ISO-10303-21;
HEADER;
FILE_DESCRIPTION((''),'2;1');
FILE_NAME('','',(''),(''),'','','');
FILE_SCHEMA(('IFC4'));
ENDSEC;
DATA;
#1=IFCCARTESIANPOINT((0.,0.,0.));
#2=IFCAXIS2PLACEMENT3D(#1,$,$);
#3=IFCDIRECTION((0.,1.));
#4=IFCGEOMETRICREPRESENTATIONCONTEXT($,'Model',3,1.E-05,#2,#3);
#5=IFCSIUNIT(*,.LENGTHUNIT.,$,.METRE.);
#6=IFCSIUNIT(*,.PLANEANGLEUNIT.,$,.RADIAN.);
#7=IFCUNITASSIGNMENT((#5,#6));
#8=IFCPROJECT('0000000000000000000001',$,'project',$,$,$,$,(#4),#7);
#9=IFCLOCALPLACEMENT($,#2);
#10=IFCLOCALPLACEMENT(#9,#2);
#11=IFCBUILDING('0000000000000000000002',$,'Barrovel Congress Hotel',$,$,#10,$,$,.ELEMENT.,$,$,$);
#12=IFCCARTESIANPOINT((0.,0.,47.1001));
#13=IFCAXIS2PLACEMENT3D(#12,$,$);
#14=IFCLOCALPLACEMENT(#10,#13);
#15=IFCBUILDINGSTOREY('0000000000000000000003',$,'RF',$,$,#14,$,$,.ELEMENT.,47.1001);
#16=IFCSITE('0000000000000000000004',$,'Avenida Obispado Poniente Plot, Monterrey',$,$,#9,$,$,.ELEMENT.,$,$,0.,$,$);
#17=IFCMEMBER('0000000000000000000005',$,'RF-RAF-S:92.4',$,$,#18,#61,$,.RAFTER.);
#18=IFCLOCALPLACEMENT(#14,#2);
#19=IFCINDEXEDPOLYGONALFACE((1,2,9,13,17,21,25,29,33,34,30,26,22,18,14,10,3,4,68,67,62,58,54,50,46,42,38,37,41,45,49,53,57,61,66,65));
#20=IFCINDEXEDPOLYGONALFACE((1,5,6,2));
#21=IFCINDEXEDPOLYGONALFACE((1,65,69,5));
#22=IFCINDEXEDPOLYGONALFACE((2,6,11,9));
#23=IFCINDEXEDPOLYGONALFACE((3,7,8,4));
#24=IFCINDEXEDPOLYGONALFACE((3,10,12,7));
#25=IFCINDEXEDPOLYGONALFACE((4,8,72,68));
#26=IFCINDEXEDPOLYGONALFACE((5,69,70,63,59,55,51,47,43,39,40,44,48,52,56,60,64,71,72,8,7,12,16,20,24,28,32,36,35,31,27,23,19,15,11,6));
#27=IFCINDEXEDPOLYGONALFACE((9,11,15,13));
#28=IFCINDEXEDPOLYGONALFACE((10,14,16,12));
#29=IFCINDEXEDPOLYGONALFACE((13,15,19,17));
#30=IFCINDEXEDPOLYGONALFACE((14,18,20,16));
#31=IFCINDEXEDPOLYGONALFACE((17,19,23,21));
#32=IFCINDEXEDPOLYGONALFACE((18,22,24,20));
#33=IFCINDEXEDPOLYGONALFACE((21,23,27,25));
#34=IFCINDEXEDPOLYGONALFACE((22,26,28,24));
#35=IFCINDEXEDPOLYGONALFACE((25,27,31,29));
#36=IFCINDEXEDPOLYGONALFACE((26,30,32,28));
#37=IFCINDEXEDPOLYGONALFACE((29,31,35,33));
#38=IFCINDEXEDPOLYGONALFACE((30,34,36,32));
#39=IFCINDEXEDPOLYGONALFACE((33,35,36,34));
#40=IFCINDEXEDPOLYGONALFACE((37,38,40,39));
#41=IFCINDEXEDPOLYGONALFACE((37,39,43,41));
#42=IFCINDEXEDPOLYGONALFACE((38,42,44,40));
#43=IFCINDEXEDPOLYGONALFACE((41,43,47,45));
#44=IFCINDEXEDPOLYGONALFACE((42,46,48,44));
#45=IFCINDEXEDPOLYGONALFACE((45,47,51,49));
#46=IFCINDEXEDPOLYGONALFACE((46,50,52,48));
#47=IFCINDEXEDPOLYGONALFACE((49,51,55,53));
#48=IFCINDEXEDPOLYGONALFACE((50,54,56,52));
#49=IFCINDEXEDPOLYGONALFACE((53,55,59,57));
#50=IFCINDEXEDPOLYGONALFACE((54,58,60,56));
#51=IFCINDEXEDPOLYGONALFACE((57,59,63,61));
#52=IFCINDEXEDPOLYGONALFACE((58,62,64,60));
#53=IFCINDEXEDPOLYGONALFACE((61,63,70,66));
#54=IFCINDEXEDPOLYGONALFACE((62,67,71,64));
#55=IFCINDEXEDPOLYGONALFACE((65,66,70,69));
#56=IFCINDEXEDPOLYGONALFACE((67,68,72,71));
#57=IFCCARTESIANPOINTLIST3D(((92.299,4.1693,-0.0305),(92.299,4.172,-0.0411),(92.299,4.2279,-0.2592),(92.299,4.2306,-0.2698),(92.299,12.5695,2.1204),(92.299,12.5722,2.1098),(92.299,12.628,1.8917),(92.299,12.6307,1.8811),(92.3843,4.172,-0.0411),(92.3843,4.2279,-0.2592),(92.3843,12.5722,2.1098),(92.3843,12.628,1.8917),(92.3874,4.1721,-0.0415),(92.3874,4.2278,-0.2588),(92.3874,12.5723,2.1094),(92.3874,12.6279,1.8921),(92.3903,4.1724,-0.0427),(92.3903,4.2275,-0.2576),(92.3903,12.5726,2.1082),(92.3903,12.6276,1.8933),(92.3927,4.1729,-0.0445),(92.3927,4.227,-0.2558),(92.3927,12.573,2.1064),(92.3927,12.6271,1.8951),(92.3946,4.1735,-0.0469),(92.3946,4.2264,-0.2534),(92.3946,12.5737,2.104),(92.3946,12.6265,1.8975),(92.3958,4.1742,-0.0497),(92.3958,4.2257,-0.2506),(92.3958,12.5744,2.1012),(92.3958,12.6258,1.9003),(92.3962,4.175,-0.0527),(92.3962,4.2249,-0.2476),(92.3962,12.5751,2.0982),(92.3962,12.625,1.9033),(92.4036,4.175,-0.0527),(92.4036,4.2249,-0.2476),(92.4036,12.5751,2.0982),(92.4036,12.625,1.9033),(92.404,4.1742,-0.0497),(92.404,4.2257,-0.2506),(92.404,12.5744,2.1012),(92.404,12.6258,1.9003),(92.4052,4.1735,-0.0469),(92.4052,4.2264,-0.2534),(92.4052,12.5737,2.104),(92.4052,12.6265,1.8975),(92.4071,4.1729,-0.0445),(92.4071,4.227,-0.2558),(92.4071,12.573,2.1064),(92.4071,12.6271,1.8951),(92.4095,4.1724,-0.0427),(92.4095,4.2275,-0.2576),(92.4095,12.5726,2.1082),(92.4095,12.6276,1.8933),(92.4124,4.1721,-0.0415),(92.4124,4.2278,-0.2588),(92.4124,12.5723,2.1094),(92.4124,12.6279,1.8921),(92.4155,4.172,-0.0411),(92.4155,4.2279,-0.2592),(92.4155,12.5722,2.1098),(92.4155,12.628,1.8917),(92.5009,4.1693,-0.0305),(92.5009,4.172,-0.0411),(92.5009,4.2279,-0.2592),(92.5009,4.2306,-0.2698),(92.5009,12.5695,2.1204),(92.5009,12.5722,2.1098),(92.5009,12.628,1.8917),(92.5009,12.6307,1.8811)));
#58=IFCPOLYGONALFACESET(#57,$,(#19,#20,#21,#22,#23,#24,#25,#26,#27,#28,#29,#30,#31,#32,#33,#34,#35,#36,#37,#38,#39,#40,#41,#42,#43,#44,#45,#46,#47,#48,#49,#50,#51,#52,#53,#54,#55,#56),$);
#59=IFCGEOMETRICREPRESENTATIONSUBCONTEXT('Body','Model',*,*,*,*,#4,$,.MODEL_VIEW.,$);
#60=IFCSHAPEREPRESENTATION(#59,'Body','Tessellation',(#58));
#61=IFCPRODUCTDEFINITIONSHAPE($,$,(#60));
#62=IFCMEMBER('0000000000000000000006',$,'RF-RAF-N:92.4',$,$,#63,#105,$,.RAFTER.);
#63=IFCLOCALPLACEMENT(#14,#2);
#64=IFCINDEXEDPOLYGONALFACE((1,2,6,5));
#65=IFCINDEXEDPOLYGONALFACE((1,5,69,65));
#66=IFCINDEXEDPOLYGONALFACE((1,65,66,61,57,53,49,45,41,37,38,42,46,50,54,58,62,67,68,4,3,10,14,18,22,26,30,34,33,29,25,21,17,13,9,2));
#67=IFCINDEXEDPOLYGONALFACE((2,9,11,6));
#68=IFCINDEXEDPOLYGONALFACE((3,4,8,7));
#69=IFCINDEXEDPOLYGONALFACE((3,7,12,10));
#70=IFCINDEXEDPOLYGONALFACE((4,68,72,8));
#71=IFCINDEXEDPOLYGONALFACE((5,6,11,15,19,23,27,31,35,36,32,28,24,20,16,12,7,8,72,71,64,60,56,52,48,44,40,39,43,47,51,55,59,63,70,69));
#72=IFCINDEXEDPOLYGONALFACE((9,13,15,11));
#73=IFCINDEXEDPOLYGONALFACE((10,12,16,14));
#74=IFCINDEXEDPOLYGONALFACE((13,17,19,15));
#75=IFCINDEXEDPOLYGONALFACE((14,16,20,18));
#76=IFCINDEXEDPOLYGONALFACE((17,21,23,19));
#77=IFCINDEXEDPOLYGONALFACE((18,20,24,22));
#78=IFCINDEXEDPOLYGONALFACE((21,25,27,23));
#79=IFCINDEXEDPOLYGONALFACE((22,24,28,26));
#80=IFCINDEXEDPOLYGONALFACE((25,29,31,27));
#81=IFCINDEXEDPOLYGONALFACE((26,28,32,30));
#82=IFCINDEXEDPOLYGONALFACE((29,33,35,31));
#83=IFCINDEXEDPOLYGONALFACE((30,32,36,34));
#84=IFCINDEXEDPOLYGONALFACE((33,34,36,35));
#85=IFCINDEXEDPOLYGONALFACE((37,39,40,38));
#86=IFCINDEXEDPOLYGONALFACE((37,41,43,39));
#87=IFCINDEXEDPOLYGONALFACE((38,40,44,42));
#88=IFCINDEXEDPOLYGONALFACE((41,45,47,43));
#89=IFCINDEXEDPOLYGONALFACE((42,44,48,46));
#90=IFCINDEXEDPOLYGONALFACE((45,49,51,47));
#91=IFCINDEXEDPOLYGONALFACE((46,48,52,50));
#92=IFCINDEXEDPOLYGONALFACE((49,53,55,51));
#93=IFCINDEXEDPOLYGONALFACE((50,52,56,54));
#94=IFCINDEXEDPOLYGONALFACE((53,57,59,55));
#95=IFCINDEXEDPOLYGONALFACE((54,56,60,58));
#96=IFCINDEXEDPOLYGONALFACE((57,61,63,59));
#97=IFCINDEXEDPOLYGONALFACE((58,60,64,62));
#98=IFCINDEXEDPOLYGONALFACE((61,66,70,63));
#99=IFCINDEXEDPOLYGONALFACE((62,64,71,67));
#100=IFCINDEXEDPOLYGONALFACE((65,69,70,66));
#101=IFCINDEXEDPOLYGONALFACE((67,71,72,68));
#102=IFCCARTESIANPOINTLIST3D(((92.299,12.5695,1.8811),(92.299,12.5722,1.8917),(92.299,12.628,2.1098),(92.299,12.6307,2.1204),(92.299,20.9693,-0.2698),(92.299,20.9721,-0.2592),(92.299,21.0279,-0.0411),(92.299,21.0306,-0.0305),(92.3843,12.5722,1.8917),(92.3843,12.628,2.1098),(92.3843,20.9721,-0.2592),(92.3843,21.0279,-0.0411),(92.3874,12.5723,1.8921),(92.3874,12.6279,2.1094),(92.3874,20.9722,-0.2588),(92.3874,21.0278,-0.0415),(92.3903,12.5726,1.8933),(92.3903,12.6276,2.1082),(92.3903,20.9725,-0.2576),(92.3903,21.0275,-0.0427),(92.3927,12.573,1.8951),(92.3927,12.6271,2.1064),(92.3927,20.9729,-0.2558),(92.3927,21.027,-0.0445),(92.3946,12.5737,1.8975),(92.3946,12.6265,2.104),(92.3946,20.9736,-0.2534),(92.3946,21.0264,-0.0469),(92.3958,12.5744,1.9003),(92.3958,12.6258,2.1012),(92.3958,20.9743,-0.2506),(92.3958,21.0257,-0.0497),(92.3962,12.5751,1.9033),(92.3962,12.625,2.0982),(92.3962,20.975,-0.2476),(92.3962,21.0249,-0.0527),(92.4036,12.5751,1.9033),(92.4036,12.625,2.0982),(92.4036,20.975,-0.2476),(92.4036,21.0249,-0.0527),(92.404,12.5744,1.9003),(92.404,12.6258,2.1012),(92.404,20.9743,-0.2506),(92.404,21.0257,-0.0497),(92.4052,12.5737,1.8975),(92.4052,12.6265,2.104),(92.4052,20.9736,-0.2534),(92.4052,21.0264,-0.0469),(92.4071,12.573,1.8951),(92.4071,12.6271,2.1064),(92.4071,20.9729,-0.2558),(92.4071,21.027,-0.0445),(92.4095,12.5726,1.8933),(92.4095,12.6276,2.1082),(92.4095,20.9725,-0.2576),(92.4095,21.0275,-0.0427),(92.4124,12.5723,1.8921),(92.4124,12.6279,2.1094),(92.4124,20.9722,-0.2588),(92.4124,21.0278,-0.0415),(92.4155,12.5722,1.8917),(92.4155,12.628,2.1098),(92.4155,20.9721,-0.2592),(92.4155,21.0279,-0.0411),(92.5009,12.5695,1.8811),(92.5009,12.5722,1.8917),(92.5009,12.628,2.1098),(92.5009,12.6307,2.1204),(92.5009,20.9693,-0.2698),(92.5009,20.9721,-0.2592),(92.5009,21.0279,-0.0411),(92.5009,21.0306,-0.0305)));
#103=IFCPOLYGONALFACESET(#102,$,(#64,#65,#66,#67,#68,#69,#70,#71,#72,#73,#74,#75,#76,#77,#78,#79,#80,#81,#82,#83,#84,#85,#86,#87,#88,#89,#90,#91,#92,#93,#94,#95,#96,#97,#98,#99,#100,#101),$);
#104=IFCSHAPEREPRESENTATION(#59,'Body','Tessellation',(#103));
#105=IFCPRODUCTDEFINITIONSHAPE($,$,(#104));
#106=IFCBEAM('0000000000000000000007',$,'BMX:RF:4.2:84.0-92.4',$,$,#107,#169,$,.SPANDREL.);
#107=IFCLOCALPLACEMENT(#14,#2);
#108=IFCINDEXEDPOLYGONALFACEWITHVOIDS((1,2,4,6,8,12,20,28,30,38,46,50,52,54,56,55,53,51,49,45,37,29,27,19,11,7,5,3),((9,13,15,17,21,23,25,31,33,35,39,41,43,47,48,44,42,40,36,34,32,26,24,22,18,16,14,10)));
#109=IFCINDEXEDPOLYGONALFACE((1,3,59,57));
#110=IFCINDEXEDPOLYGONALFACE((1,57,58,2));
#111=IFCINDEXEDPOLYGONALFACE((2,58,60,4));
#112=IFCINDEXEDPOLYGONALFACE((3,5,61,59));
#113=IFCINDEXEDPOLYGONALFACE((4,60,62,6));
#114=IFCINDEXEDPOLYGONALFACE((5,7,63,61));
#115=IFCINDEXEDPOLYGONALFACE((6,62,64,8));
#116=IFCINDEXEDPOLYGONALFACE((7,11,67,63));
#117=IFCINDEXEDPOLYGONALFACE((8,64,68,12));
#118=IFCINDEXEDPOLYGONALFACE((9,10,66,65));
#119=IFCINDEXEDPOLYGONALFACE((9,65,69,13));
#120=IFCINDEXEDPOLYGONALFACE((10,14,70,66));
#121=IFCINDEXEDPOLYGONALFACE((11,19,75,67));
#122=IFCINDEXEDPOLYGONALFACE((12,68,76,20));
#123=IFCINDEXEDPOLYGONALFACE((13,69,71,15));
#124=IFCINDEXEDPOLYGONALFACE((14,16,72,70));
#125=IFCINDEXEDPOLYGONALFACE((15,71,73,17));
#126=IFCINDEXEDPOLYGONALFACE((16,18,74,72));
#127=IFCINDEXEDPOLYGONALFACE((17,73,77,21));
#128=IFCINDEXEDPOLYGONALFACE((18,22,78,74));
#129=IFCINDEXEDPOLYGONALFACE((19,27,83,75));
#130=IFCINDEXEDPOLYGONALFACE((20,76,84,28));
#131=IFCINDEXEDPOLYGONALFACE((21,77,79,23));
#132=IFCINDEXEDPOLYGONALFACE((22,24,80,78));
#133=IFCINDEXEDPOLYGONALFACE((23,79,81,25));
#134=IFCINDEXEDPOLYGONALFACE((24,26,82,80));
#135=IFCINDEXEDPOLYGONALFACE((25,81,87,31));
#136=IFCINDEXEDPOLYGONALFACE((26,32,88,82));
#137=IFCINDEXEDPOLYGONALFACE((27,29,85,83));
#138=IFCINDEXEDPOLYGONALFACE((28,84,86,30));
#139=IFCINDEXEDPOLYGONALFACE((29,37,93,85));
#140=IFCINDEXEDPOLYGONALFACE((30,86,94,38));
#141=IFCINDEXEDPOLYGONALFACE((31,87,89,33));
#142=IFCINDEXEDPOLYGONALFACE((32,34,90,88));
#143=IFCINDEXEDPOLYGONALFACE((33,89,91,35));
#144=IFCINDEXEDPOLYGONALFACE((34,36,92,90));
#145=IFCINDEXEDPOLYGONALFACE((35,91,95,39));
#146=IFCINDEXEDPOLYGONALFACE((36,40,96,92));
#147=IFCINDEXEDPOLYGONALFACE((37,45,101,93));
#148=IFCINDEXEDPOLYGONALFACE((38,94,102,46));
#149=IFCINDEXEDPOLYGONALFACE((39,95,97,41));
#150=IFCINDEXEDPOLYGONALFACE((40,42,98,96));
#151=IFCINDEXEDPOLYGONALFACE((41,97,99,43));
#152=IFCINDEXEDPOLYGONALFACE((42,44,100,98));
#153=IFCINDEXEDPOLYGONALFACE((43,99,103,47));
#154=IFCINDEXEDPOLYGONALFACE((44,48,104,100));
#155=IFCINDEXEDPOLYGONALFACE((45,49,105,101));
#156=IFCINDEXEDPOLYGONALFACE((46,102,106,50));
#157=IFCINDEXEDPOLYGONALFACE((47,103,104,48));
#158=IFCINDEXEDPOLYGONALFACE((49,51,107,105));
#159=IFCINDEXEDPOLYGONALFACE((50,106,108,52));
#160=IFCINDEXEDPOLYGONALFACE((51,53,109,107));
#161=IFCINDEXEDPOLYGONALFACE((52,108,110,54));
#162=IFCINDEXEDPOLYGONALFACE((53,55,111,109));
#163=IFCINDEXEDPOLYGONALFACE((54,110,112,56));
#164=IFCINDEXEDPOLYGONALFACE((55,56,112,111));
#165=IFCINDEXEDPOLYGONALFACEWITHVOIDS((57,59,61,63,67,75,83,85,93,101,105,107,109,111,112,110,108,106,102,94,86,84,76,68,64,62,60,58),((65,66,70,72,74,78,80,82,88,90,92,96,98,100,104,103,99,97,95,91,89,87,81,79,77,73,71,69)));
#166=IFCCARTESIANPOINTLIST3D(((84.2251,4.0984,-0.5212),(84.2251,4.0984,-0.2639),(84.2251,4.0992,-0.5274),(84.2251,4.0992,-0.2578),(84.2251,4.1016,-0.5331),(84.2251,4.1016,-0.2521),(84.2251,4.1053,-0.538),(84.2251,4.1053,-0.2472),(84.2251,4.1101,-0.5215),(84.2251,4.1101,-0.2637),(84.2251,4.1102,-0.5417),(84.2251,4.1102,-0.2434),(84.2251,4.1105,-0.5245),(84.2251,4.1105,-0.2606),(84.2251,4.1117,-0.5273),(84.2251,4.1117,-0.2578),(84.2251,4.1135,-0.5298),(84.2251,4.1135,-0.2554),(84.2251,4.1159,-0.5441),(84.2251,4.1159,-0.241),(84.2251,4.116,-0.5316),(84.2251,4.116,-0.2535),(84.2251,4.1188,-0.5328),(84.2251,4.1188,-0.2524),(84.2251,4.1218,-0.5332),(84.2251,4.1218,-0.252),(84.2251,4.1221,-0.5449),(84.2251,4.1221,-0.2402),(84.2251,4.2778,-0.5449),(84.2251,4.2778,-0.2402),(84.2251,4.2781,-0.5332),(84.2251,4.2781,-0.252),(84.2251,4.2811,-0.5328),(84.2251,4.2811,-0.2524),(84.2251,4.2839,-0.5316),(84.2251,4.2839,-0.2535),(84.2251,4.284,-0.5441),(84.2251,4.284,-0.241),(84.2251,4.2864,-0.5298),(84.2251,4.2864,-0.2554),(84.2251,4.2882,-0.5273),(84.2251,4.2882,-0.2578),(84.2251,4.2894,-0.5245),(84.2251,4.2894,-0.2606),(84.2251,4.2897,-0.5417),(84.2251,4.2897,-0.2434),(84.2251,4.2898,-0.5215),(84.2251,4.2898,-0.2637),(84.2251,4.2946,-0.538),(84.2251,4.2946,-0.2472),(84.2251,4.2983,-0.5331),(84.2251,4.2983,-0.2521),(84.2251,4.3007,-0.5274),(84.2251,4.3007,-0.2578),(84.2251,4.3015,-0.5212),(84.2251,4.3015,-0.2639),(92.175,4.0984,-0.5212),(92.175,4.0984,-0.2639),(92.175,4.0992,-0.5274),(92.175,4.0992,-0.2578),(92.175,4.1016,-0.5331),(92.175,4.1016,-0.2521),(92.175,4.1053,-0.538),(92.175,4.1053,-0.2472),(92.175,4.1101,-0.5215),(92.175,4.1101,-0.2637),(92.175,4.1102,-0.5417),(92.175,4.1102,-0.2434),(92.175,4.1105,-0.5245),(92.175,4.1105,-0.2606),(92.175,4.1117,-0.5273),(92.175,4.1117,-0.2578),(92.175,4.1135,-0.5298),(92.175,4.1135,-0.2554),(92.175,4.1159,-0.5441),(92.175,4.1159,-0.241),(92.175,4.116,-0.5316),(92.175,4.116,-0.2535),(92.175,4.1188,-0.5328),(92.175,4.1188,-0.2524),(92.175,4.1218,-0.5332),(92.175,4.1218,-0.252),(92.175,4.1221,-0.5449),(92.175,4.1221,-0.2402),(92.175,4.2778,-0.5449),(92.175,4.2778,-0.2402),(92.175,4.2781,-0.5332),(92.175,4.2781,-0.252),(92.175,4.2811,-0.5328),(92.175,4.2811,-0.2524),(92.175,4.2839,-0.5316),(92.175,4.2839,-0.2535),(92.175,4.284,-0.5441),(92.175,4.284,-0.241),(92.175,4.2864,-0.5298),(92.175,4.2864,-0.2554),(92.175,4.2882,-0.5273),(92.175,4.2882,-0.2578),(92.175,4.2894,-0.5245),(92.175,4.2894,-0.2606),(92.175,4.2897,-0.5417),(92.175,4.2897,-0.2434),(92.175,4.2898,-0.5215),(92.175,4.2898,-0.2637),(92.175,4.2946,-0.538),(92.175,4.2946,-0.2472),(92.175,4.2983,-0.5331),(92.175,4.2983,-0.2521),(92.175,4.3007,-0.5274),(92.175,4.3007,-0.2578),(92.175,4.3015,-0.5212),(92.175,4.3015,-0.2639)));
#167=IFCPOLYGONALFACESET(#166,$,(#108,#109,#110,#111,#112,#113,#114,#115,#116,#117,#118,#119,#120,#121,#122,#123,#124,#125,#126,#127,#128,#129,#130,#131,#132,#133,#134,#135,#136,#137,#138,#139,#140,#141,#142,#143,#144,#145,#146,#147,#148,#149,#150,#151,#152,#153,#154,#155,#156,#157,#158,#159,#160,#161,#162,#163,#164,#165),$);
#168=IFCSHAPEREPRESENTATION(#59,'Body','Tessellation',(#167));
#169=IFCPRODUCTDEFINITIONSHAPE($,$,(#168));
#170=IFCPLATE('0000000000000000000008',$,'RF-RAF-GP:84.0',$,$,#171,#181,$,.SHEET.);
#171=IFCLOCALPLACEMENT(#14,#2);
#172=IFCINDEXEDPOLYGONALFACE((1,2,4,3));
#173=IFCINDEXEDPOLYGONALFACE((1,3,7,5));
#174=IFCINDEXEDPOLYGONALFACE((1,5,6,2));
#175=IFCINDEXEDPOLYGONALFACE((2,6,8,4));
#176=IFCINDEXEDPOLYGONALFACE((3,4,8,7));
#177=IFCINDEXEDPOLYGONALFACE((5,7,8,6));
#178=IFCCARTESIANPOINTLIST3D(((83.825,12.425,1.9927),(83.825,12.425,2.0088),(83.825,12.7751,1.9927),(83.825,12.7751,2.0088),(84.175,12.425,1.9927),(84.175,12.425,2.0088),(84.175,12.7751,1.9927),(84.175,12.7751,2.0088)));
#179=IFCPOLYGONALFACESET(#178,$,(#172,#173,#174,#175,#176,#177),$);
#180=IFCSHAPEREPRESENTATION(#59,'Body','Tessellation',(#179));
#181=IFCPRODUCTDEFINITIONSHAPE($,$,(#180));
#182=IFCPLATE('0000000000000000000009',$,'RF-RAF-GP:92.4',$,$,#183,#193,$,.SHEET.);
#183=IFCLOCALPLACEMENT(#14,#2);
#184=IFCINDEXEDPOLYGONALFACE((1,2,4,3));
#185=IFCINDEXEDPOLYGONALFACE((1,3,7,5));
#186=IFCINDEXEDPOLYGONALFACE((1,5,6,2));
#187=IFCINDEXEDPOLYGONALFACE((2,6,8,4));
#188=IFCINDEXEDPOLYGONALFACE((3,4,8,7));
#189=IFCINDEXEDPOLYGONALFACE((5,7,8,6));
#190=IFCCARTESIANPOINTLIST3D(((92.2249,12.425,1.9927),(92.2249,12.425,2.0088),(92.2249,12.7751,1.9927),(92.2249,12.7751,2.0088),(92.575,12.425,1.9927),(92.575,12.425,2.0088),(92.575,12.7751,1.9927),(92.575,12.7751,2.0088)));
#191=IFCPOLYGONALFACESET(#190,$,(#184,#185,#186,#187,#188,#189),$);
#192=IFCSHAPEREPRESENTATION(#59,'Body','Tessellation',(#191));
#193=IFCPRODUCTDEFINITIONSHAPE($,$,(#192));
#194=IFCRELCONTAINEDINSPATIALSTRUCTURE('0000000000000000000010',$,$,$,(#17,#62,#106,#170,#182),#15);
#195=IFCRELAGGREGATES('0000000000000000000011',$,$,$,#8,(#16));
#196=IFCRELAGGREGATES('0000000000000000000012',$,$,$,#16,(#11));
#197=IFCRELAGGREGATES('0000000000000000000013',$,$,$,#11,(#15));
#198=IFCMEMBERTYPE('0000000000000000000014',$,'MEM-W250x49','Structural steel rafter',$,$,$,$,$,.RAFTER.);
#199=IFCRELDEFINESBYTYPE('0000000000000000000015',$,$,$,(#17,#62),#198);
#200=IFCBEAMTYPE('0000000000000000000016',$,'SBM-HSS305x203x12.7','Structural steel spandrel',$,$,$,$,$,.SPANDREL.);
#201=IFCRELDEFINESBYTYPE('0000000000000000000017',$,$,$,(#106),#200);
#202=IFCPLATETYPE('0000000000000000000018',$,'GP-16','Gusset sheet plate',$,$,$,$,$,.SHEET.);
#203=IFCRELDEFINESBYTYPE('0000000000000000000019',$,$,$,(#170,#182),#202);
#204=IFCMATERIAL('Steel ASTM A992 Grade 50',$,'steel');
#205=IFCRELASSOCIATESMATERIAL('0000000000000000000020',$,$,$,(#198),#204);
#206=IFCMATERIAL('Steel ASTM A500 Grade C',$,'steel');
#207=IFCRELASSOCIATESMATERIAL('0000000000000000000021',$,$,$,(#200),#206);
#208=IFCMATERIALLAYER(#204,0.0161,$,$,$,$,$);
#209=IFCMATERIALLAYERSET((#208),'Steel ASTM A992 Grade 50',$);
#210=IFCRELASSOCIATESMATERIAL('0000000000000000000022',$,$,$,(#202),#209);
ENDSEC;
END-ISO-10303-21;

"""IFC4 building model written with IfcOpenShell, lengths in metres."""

from ifc_helpers import new_model, si_unit, direction, frame, origin, origin_2d, place, context, subcontext, project, spatial, rectangle, hollow_rectangle, i_section, extrude, material, layer, layer_set, material_profile, profile_set, type_object, element, save


model = new_model("IFC4")

# Units and contexts
model_context = context("Model", 3, precision=1e-05, world=origin(), true_north=direction((0.0, 1.0)))
body_context = subcontext(model_context, "Body", "Model", "MODEL_VIEW")
ifc_project = project(units=[si_unit("LENGTHUNIT", "METRE"), si_unit("PLANEANGLEUNIT", "RADIAN")], contexts=[model_context])

# Site, building, storey
site_placement = place(None, origin())
site = spatial("IfcSite", under=ifc_project, at=site_placement, Name="Avenida Obispado Poniente Plot, Monterrey", CompositionType="ELEMENT", RefElevation=0.0)
building_placement = place(site_placement, origin())
building = spatial("IfcBuilding", under=site, at=building_placement, Name="Barrovel Congress Hotel", CompositionType="ELEMENT")
storey_placement = place(building_placement, frame((0.0, 0.0, 47.1001)))
storey = spatial("IfcBuildingStorey", under=building, at=storey_placement, Name="RF", CompositionType="ELEMENT", Elevation=47.1001)

# Members
ifc_material_1 = material(Name="Steel ASTM A500 Grade C", Category="steel")
ifc_material_2 = material(Name="Steel ASTM A992 Grade 50", Category="steel")
ifc_material_profile_1 = material_profile(ifc_material_2, i_section(OverallWidth=0.2019, OverallDepth=0.2471, WebThickness=0.0073, FlangeThickness=0.011, FilletRadius=0.012, at=origin_2d()), Name="W250x49")
ifc_profile_set_1 = profile_set([ifc_material_profile_1], Name="Steel ASTM A992 Grade 50")
member_type_1 = type_object("IfcMemberType", Name="MEM-W250x49", Description="Structural steel rafter", PredefinedType="RAFTER", material=ifc_profile_set_1)
member_1_placement = place(storey_placement, frame((92.3999, 4.2, -0.1501), z_axis=(0.0, 0.968747, 0.24805), x_axis=(-1.0, 0.0, 0.0)))
element("IfcMember", 1, at=member_1_placement, inside=storey, type_object=member_type_1, Name="RF-RAF-S:92.4", PredefinedType="RAFTER", context=body_context, shape_type="SweptSolid", body=[
    extrude(i_section(OverallWidth=0.2019, OverallDepth=0.2471, WebThickness=0.0073, FlangeThickness=0.011, FilletRadius=0.012, at=origin_2d()), origin(), (0.0, 0.0, 1.0), 8.6711),
])
member_2_placement = place(storey_placement, frame((92.3999, 12.6001, 2.0007), z_axis=(0.0, 0.968745, -0.248057), x_axis=(-1.0, 0.0, 0.0)))
element("IfcMember", 2, at=member_2_placement, inside=storey, type_object=member_type_1, Name="RF-RAF-N:92.4", PredefinedType="RAFTER", context=body_context, shape_type="SweptSolid", body=[
    extrude(i_section(OverallWidth=0.2019, OverallDepth=0.2471, WebThickness=0.0073, FlangeThickness=0.011, FilletRadius=0.012, at=origin_2d()), origin(), (0.0, 0.0, 1.0), 8.6709),
])

# Beam
ifc_material_profile_2 = material_profile(ifc_material_1, hollow_rectangle(XDim=0.2031, YDim=0.3047, WallThickness=0.0117, InnerFilletRadius=0.0117, OuterFilletRadius=0.0237, at=origin_2d()), Name="HSS305x203x12.7")
ifc_profile_set_2 = profile_set([ifc_material_profile_2], Name="Steel ASTM A500 Grade C")
beam_type_1 = type_object("IfcBeamType", Name="SBM-HSS305x203x12.7", Description="Structural steel spandrel", PredefinedType="SPANDREL", material=ifc_profile_set_2)
beam_1_placement = place(storey_placement, frame((84.2251, 4.2, -0.3926), z_axis=(1.0, 0.0, 0.0), x_axis=(0.0, 1.0, 0.0)))
element("IfcBeam", 3, at=beam_1_placement, inside=storey, type_object=beam_type_1, Name="BMX:RF:4.2:84.0-92.4", PredefinedType="SPANDREL", context=body_context, shape_type="SweptSolid", body=[
    extrude(hollow_rectangle(XDim=0.2031, YDim=0.3047, WallThickness=0.0117, InnerFilletRadius=0.0117, OuterFilletRadius=0.0237, at=origin_2d()), origin(), (0.0, 0.0, 1.0), 7.95),
])

# Plates
ifc_layer_1 = layer(ifc_material_2, 0.0161)
ifc_layer_set_1 = layer_set([ifc_layer_1], Name="Steel ASTM A992 Grade 50")
plate_type = type_object("IfcPlateType", Name="GP-16", Description="Gusset sheet plate", PredefinedType="SHEET", material=ifc_layer_set_1)
for number, where, z_axis, x_axis, name in (
    (4, (84.0, 12.6001, 1.9927), (0.0, 0.0, 1.0), (1.0, 0.0, 0.0), "RF-RAF-GP:84.0"),
    (5, (92.3999, 12.6001, 1.9927), (0.0, 0.0, 1.0), (1.0, 0.0, 0.0), "RF-RAF-GP:92.4"),
):
    element("IfcPlate", number, at=place(storey_placement, frame(where, z_axis=z_axis, x_axis=x_axis)), inside=storey, type_object=plate_type, Name=name, PredefinedType="SHEET", context=body_context, shape_type="SweptSolid", body=[
        extrude(rectangle(XDim=0.3501, YDim=0.3501, at=origin_2d()), origin(), (0.0, 0.0, 1.0), 0.0161),
    ])

save(model, "model.ifc")
